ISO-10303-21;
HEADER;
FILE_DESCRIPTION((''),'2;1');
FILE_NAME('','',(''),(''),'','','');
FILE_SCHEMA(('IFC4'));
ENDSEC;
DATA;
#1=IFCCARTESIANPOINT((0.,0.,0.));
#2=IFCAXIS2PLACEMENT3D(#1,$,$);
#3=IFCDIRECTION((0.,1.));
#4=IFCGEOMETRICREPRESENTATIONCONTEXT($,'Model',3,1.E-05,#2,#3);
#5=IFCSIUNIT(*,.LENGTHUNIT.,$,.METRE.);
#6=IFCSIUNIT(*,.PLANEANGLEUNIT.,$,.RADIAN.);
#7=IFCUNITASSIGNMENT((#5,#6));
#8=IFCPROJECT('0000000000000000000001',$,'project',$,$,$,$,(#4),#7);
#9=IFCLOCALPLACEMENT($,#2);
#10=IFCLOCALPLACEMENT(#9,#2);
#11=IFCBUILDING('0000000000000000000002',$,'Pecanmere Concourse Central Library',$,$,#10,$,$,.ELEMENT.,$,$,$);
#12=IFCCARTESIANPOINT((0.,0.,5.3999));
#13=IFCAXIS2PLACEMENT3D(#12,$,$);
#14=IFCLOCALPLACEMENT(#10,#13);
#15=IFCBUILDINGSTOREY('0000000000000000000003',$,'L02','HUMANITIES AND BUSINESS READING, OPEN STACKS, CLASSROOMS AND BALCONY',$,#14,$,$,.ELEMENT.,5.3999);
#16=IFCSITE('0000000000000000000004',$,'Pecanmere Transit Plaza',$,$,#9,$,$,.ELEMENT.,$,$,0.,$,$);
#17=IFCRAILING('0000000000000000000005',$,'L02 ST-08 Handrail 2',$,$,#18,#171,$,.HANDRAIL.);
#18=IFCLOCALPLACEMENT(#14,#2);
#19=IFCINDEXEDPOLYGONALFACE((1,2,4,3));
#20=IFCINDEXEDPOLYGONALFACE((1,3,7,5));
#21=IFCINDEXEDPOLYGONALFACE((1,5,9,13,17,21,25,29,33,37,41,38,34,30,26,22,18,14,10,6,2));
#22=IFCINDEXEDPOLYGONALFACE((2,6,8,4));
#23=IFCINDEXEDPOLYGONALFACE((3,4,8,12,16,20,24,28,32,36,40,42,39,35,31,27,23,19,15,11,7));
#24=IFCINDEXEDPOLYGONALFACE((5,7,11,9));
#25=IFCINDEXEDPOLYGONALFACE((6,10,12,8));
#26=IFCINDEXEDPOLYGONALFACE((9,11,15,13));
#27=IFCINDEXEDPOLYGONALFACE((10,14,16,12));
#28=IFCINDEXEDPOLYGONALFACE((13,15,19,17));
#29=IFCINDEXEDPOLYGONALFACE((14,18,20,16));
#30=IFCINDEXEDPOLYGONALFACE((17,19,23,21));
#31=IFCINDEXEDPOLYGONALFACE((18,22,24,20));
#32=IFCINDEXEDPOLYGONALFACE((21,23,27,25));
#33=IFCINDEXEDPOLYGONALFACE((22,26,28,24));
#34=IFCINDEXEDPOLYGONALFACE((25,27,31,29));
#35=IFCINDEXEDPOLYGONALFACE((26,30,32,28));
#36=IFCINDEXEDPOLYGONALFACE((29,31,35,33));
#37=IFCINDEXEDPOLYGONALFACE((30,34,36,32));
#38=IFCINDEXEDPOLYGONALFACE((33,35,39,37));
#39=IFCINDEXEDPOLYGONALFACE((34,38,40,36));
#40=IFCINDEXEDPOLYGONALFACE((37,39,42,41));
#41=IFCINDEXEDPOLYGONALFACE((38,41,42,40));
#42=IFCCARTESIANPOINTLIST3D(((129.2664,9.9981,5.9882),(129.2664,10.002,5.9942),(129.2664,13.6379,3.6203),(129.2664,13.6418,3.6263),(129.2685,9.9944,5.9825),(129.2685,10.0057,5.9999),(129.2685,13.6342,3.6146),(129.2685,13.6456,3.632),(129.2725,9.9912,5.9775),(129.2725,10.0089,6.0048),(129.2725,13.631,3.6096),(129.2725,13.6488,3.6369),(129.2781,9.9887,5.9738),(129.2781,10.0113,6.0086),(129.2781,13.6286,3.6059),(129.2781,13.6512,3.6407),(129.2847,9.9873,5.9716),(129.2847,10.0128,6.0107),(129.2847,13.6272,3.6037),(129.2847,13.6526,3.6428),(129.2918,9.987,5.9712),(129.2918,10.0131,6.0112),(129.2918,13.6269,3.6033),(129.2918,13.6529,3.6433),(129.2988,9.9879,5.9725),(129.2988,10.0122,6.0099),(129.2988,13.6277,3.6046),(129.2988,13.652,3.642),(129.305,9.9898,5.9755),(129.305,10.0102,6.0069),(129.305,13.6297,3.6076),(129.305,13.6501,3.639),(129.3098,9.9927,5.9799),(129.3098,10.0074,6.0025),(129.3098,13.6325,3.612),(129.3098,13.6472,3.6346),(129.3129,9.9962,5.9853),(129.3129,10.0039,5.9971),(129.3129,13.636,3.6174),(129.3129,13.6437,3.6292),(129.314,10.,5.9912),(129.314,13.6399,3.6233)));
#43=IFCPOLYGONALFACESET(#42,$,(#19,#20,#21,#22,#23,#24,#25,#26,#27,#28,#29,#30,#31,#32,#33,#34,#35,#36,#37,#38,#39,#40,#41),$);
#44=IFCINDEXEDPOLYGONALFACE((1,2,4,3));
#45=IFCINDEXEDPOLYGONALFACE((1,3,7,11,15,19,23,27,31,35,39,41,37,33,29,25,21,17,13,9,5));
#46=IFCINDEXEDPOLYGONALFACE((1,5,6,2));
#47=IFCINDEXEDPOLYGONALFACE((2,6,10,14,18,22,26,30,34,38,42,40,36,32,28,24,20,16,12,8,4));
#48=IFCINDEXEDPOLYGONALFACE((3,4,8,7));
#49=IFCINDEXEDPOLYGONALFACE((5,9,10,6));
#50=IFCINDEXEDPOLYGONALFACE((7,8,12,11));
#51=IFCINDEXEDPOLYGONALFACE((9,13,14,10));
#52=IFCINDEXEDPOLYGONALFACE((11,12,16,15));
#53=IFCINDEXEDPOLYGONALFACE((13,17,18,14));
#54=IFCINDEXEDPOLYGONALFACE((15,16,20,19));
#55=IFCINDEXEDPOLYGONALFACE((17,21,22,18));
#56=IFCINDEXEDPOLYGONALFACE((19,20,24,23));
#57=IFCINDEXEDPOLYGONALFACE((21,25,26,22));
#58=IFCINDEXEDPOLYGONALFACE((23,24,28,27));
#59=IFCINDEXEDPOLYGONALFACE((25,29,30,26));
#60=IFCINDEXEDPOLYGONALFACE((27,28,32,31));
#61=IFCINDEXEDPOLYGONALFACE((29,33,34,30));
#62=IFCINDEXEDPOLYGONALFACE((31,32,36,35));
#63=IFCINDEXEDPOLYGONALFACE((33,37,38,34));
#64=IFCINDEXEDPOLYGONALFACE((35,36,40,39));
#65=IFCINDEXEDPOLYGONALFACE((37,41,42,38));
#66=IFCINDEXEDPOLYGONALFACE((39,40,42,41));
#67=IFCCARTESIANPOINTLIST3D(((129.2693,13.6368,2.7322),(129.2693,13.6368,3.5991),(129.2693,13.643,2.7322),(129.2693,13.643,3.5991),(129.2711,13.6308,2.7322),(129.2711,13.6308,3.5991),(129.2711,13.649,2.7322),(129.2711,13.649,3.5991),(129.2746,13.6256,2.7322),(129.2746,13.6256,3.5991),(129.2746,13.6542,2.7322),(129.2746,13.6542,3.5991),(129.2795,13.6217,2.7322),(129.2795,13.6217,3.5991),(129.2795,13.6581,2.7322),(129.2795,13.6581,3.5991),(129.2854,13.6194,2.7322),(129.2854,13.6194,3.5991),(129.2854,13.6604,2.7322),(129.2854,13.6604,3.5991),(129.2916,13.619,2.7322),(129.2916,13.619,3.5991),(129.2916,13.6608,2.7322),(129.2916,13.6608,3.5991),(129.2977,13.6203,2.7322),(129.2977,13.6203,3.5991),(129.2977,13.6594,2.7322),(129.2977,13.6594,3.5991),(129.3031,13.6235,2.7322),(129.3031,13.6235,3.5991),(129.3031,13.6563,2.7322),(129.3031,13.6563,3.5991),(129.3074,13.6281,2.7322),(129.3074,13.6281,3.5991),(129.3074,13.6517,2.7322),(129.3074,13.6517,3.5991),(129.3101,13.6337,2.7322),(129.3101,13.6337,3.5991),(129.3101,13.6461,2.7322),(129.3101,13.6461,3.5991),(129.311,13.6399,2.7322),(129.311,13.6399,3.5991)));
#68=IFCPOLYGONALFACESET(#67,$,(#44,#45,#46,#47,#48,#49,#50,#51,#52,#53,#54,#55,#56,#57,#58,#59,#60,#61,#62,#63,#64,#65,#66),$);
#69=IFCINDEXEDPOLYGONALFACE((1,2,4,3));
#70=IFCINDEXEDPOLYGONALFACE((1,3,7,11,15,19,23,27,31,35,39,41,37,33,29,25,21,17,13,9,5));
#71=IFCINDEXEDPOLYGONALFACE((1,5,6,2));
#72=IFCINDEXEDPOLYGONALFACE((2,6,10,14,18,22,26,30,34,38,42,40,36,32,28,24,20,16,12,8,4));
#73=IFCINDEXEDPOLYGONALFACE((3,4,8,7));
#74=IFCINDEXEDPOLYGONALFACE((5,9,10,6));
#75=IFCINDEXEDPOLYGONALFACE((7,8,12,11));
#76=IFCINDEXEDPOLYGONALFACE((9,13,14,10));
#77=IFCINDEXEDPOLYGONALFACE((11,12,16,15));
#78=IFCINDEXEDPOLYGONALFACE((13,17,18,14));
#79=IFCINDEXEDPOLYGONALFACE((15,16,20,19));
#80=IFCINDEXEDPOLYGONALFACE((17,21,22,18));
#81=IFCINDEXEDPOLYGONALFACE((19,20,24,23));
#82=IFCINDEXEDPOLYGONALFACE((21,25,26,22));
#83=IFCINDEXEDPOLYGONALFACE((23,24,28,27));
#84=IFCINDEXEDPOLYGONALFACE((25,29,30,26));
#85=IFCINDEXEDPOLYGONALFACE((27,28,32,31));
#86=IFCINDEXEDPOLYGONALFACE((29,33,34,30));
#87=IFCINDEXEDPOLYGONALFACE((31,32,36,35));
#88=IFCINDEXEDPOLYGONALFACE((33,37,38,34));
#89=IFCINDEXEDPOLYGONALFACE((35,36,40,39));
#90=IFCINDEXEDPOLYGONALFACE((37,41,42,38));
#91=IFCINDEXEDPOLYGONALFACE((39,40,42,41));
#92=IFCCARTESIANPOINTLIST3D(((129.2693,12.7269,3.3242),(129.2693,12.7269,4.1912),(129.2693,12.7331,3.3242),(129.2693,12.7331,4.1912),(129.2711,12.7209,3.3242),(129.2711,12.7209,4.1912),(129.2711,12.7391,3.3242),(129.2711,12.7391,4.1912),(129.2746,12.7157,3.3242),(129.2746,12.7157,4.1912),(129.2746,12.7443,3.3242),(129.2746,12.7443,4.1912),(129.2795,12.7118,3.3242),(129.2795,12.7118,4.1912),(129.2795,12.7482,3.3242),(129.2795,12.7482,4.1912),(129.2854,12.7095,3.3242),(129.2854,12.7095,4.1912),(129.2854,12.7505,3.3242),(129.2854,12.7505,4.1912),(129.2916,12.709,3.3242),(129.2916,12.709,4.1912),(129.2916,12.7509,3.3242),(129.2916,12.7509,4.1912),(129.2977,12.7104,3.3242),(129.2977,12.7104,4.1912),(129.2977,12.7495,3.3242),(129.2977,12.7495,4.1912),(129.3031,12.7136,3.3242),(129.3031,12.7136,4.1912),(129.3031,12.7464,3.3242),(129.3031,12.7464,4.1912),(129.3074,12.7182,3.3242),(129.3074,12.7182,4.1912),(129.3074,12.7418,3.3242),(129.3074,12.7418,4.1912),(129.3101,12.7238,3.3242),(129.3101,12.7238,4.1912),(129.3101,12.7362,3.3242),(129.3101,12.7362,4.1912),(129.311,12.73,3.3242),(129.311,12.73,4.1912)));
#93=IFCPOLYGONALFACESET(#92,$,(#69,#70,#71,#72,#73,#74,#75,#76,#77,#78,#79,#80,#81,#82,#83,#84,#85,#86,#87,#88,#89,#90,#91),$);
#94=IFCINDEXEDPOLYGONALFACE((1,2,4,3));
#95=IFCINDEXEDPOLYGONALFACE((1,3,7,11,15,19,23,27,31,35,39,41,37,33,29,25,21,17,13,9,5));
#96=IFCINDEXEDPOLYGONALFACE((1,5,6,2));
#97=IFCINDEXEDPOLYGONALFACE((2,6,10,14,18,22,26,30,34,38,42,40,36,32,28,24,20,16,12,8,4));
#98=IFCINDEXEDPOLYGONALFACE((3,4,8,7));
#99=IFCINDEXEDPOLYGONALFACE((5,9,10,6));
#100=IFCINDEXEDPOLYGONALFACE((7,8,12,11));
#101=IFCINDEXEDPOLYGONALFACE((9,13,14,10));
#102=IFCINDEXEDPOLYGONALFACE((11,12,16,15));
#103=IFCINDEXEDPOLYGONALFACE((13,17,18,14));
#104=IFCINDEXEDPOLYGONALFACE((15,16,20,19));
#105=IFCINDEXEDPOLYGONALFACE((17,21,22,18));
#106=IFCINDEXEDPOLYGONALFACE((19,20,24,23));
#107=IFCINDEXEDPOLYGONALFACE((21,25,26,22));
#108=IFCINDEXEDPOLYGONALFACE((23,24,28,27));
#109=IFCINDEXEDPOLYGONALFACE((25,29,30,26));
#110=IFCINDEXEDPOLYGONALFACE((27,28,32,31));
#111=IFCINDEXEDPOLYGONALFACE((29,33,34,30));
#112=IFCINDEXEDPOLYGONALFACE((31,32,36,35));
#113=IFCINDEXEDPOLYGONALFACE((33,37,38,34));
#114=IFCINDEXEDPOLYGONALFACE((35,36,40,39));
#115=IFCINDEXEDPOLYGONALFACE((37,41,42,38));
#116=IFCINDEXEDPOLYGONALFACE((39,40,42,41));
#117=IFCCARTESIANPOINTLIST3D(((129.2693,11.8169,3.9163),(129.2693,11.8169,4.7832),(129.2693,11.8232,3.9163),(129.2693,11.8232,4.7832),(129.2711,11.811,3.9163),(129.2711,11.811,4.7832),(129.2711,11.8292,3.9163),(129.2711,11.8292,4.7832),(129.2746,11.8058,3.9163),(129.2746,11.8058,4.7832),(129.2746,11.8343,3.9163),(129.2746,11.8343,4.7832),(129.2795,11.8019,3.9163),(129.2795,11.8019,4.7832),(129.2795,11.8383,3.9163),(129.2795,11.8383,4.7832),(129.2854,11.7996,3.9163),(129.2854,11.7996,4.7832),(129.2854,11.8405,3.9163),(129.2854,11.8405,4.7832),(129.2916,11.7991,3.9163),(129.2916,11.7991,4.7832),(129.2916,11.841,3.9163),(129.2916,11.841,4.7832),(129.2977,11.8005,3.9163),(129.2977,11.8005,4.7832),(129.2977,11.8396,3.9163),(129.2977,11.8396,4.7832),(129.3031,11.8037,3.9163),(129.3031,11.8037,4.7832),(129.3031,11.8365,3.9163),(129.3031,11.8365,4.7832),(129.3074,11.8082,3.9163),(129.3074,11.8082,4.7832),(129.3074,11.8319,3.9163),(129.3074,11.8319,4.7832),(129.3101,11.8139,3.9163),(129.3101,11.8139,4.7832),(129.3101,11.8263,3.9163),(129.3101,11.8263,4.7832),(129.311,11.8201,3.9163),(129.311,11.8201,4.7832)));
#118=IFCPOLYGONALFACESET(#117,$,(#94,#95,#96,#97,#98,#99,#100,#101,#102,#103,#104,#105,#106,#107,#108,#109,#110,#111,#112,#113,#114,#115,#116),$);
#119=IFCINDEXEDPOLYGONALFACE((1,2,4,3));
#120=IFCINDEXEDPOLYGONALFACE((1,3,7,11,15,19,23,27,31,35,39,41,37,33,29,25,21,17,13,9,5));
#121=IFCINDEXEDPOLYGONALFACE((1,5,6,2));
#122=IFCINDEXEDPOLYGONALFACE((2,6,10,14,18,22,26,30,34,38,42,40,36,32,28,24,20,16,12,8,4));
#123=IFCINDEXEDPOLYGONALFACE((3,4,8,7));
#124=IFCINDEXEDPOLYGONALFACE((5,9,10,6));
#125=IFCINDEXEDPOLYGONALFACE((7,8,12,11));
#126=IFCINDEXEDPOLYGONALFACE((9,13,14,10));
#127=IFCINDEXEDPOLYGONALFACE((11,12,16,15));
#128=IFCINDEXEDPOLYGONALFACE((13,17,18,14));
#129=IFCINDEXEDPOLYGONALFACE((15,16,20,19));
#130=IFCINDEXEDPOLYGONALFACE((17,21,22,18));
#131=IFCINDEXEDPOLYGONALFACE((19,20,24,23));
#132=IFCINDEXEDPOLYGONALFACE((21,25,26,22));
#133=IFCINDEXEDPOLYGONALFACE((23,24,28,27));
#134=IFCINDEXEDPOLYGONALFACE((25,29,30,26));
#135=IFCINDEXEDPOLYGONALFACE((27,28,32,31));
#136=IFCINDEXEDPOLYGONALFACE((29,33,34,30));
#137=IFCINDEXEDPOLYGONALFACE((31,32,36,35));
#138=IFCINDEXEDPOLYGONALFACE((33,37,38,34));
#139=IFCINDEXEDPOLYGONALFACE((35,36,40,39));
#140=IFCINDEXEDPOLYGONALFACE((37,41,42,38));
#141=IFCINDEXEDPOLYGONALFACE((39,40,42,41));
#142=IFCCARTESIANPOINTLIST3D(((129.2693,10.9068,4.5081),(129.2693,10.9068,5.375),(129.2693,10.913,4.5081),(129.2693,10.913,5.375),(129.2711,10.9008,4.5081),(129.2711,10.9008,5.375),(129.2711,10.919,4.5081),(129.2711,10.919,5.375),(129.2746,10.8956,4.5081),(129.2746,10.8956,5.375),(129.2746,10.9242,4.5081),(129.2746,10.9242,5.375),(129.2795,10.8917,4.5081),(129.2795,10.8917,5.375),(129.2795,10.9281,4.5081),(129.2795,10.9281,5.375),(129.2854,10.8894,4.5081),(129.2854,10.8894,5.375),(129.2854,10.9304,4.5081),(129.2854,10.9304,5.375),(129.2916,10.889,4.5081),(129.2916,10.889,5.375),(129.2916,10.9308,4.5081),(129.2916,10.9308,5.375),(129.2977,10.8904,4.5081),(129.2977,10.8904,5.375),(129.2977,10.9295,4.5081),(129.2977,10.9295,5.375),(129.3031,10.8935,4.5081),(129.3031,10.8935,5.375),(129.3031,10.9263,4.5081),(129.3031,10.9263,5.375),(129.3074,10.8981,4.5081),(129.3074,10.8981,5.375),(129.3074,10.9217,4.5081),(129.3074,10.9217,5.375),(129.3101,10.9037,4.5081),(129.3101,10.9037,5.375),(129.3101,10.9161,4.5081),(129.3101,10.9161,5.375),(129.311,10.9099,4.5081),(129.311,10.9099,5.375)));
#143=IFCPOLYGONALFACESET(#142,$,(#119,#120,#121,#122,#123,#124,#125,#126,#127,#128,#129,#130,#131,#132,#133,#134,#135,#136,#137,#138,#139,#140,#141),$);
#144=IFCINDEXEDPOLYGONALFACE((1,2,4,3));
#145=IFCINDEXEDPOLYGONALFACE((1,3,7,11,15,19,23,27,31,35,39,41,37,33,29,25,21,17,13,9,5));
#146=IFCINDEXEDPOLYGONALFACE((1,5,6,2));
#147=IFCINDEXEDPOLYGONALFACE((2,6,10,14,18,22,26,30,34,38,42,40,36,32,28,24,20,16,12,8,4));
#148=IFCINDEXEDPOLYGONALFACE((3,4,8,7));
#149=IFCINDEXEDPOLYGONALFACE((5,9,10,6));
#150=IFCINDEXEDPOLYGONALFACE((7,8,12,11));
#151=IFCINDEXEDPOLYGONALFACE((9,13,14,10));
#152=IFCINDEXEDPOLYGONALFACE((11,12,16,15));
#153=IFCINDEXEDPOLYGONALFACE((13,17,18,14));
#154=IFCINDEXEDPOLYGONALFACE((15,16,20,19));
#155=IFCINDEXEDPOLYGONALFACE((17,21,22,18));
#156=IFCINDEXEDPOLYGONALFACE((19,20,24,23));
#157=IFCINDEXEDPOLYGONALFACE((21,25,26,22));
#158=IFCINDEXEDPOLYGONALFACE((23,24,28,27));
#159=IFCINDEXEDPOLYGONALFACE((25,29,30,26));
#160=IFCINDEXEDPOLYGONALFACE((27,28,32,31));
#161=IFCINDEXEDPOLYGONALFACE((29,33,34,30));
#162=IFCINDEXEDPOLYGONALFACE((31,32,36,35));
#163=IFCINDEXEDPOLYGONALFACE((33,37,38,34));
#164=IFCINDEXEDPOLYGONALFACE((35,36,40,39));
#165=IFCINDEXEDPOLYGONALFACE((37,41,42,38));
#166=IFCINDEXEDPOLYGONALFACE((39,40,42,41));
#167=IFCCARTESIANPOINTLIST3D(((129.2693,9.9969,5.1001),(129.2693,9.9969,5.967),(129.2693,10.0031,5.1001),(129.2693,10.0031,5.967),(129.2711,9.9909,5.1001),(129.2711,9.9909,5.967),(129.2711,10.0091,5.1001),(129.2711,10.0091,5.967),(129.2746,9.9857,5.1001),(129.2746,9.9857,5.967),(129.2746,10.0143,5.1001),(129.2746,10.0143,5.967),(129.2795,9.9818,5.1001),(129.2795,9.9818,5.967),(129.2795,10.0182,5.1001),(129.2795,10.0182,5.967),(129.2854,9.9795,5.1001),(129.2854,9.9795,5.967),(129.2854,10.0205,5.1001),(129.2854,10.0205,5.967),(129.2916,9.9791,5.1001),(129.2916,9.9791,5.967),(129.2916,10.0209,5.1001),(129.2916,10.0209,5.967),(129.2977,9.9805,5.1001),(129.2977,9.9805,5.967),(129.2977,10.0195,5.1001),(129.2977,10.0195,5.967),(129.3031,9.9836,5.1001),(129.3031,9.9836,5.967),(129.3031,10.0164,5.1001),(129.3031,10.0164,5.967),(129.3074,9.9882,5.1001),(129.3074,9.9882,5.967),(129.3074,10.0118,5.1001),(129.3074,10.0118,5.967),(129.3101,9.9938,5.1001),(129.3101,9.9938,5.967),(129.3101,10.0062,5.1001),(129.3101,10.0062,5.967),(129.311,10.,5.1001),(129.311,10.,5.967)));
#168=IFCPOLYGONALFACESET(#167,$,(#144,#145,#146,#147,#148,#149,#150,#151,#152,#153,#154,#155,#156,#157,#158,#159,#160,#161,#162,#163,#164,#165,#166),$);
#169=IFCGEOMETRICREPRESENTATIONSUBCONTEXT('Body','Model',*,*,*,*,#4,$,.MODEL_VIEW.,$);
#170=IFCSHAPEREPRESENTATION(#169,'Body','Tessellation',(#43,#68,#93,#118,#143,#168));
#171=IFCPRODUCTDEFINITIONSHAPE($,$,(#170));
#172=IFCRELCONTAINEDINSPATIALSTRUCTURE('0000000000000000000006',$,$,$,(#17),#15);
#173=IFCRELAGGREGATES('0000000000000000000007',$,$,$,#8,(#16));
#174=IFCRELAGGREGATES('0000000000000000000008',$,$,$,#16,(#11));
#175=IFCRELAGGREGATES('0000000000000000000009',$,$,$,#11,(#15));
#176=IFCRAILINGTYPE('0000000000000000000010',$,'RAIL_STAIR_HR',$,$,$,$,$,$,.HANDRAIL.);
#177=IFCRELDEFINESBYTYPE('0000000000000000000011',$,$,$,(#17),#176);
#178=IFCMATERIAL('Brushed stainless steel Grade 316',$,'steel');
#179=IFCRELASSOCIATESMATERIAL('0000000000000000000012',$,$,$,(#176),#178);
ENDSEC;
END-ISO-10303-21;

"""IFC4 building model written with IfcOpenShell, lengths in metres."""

from ifc_helpers import new_model, si_unit, direction, frame, origin, origin_2d, place, context, subcontext, project, spatial, circle, extrude, material, type_object, element, save


model = new_model("IFC4")

# Units and contexts
model_context = context("Model", 3, precision=1e-05, world=origin(), true_north=direction((0.0, 1.0)))
body_context = subcontext(model_context, "Body", "Model", "MODEL_VIEW")
ifc_project = project(units=[si_unit("LENGTHUNIT", "METRE"), si_unit("PLANEANGLEUNIT", "RADIAN")], contexts=[model_context])

# Site, building, storey
site_placement = place(None, origin())
site = spatial("IfcSite", under=ifc_project, at=site_placement, Name="Pecanmere Transit Plaza", CompositionType="ELEMENT", RefElevation=0.0)
building_placement = place(site_placement, origin())
building = spatial("IfcBuilding", under=site, at=building_placement, Name="Pecanmere Concourse Central Library", CompositionType="ELEMENT")
storey_placement = place(building_placement, frame((0.0, 0.0, 5.3999)))
storey = spatial("IfcBuildingStorey", under=building, at=storey_placement, Name="L02", Description="HUMANITIES AND BUSINESS READING, OPEN STACKS, CLASSROOMS AND BALCONY", CompositionType="ELEMENT", Elevation=5.3999)

# Railing
ifc_material_1 = material(Name="Brushed stainless steel Grade 316", Category="steel")
railing_type_1 = type_object("IfcRailingType", Name="RAIL_STAIR_HR", PredefinedType="HANDRAIL", material=ifc_material_1)
railing_1_placement = place(storey_placement, frame((129.29, 13.6399, 2.7322)))
element("IfcRailing", 1, at=railing_1_placement, inside=storey, type_object=railing_type_1, Name="L02 ST-08 Handrail 2", PredefinedType="HANDRAIL", context=body_context, shape_type="SweptSolid", body=[
    extrude(circle(Radius=0.0239, at=origin_2d()), frame((0.0, 0.0, 0.8911), z_axis=(0.0, -0.838234, 0.54531), x_axis=(1.0, 0.0, 0.0)), (0.0, 0.0, 1.0), 4.3423),
    extrude(circle(Radius=0.021, at=origin_2d()), origin(), (0.0, 0.0, 1.0), 0.8669),
    extrude(circle(Radius=0.021, at=origin_2d()), frame((0.0, -0.9099, 0.592)), (0.0, 0.0, 1.0), 0.8669),
    extrude(circle(Radius=0.021, at=origin_2d()), frame((0.0, -1.8198, 1.1841)), (0.0, 0.0, 1.0), 0.8669),
    extrude(circle(Radius=0.021, at=origin_2d()), frame((0.0, -2.73, 1.7759)), (0.0, 0.0, 1.0), 0.8669),
    extrude(circle(Radius=0.021, at=origin_2d()), frame((0.0, -3.6399, 2.3679)), (0.0, 0.0, 1.0), 0.8669),
])

save(model, "model.ifc")
